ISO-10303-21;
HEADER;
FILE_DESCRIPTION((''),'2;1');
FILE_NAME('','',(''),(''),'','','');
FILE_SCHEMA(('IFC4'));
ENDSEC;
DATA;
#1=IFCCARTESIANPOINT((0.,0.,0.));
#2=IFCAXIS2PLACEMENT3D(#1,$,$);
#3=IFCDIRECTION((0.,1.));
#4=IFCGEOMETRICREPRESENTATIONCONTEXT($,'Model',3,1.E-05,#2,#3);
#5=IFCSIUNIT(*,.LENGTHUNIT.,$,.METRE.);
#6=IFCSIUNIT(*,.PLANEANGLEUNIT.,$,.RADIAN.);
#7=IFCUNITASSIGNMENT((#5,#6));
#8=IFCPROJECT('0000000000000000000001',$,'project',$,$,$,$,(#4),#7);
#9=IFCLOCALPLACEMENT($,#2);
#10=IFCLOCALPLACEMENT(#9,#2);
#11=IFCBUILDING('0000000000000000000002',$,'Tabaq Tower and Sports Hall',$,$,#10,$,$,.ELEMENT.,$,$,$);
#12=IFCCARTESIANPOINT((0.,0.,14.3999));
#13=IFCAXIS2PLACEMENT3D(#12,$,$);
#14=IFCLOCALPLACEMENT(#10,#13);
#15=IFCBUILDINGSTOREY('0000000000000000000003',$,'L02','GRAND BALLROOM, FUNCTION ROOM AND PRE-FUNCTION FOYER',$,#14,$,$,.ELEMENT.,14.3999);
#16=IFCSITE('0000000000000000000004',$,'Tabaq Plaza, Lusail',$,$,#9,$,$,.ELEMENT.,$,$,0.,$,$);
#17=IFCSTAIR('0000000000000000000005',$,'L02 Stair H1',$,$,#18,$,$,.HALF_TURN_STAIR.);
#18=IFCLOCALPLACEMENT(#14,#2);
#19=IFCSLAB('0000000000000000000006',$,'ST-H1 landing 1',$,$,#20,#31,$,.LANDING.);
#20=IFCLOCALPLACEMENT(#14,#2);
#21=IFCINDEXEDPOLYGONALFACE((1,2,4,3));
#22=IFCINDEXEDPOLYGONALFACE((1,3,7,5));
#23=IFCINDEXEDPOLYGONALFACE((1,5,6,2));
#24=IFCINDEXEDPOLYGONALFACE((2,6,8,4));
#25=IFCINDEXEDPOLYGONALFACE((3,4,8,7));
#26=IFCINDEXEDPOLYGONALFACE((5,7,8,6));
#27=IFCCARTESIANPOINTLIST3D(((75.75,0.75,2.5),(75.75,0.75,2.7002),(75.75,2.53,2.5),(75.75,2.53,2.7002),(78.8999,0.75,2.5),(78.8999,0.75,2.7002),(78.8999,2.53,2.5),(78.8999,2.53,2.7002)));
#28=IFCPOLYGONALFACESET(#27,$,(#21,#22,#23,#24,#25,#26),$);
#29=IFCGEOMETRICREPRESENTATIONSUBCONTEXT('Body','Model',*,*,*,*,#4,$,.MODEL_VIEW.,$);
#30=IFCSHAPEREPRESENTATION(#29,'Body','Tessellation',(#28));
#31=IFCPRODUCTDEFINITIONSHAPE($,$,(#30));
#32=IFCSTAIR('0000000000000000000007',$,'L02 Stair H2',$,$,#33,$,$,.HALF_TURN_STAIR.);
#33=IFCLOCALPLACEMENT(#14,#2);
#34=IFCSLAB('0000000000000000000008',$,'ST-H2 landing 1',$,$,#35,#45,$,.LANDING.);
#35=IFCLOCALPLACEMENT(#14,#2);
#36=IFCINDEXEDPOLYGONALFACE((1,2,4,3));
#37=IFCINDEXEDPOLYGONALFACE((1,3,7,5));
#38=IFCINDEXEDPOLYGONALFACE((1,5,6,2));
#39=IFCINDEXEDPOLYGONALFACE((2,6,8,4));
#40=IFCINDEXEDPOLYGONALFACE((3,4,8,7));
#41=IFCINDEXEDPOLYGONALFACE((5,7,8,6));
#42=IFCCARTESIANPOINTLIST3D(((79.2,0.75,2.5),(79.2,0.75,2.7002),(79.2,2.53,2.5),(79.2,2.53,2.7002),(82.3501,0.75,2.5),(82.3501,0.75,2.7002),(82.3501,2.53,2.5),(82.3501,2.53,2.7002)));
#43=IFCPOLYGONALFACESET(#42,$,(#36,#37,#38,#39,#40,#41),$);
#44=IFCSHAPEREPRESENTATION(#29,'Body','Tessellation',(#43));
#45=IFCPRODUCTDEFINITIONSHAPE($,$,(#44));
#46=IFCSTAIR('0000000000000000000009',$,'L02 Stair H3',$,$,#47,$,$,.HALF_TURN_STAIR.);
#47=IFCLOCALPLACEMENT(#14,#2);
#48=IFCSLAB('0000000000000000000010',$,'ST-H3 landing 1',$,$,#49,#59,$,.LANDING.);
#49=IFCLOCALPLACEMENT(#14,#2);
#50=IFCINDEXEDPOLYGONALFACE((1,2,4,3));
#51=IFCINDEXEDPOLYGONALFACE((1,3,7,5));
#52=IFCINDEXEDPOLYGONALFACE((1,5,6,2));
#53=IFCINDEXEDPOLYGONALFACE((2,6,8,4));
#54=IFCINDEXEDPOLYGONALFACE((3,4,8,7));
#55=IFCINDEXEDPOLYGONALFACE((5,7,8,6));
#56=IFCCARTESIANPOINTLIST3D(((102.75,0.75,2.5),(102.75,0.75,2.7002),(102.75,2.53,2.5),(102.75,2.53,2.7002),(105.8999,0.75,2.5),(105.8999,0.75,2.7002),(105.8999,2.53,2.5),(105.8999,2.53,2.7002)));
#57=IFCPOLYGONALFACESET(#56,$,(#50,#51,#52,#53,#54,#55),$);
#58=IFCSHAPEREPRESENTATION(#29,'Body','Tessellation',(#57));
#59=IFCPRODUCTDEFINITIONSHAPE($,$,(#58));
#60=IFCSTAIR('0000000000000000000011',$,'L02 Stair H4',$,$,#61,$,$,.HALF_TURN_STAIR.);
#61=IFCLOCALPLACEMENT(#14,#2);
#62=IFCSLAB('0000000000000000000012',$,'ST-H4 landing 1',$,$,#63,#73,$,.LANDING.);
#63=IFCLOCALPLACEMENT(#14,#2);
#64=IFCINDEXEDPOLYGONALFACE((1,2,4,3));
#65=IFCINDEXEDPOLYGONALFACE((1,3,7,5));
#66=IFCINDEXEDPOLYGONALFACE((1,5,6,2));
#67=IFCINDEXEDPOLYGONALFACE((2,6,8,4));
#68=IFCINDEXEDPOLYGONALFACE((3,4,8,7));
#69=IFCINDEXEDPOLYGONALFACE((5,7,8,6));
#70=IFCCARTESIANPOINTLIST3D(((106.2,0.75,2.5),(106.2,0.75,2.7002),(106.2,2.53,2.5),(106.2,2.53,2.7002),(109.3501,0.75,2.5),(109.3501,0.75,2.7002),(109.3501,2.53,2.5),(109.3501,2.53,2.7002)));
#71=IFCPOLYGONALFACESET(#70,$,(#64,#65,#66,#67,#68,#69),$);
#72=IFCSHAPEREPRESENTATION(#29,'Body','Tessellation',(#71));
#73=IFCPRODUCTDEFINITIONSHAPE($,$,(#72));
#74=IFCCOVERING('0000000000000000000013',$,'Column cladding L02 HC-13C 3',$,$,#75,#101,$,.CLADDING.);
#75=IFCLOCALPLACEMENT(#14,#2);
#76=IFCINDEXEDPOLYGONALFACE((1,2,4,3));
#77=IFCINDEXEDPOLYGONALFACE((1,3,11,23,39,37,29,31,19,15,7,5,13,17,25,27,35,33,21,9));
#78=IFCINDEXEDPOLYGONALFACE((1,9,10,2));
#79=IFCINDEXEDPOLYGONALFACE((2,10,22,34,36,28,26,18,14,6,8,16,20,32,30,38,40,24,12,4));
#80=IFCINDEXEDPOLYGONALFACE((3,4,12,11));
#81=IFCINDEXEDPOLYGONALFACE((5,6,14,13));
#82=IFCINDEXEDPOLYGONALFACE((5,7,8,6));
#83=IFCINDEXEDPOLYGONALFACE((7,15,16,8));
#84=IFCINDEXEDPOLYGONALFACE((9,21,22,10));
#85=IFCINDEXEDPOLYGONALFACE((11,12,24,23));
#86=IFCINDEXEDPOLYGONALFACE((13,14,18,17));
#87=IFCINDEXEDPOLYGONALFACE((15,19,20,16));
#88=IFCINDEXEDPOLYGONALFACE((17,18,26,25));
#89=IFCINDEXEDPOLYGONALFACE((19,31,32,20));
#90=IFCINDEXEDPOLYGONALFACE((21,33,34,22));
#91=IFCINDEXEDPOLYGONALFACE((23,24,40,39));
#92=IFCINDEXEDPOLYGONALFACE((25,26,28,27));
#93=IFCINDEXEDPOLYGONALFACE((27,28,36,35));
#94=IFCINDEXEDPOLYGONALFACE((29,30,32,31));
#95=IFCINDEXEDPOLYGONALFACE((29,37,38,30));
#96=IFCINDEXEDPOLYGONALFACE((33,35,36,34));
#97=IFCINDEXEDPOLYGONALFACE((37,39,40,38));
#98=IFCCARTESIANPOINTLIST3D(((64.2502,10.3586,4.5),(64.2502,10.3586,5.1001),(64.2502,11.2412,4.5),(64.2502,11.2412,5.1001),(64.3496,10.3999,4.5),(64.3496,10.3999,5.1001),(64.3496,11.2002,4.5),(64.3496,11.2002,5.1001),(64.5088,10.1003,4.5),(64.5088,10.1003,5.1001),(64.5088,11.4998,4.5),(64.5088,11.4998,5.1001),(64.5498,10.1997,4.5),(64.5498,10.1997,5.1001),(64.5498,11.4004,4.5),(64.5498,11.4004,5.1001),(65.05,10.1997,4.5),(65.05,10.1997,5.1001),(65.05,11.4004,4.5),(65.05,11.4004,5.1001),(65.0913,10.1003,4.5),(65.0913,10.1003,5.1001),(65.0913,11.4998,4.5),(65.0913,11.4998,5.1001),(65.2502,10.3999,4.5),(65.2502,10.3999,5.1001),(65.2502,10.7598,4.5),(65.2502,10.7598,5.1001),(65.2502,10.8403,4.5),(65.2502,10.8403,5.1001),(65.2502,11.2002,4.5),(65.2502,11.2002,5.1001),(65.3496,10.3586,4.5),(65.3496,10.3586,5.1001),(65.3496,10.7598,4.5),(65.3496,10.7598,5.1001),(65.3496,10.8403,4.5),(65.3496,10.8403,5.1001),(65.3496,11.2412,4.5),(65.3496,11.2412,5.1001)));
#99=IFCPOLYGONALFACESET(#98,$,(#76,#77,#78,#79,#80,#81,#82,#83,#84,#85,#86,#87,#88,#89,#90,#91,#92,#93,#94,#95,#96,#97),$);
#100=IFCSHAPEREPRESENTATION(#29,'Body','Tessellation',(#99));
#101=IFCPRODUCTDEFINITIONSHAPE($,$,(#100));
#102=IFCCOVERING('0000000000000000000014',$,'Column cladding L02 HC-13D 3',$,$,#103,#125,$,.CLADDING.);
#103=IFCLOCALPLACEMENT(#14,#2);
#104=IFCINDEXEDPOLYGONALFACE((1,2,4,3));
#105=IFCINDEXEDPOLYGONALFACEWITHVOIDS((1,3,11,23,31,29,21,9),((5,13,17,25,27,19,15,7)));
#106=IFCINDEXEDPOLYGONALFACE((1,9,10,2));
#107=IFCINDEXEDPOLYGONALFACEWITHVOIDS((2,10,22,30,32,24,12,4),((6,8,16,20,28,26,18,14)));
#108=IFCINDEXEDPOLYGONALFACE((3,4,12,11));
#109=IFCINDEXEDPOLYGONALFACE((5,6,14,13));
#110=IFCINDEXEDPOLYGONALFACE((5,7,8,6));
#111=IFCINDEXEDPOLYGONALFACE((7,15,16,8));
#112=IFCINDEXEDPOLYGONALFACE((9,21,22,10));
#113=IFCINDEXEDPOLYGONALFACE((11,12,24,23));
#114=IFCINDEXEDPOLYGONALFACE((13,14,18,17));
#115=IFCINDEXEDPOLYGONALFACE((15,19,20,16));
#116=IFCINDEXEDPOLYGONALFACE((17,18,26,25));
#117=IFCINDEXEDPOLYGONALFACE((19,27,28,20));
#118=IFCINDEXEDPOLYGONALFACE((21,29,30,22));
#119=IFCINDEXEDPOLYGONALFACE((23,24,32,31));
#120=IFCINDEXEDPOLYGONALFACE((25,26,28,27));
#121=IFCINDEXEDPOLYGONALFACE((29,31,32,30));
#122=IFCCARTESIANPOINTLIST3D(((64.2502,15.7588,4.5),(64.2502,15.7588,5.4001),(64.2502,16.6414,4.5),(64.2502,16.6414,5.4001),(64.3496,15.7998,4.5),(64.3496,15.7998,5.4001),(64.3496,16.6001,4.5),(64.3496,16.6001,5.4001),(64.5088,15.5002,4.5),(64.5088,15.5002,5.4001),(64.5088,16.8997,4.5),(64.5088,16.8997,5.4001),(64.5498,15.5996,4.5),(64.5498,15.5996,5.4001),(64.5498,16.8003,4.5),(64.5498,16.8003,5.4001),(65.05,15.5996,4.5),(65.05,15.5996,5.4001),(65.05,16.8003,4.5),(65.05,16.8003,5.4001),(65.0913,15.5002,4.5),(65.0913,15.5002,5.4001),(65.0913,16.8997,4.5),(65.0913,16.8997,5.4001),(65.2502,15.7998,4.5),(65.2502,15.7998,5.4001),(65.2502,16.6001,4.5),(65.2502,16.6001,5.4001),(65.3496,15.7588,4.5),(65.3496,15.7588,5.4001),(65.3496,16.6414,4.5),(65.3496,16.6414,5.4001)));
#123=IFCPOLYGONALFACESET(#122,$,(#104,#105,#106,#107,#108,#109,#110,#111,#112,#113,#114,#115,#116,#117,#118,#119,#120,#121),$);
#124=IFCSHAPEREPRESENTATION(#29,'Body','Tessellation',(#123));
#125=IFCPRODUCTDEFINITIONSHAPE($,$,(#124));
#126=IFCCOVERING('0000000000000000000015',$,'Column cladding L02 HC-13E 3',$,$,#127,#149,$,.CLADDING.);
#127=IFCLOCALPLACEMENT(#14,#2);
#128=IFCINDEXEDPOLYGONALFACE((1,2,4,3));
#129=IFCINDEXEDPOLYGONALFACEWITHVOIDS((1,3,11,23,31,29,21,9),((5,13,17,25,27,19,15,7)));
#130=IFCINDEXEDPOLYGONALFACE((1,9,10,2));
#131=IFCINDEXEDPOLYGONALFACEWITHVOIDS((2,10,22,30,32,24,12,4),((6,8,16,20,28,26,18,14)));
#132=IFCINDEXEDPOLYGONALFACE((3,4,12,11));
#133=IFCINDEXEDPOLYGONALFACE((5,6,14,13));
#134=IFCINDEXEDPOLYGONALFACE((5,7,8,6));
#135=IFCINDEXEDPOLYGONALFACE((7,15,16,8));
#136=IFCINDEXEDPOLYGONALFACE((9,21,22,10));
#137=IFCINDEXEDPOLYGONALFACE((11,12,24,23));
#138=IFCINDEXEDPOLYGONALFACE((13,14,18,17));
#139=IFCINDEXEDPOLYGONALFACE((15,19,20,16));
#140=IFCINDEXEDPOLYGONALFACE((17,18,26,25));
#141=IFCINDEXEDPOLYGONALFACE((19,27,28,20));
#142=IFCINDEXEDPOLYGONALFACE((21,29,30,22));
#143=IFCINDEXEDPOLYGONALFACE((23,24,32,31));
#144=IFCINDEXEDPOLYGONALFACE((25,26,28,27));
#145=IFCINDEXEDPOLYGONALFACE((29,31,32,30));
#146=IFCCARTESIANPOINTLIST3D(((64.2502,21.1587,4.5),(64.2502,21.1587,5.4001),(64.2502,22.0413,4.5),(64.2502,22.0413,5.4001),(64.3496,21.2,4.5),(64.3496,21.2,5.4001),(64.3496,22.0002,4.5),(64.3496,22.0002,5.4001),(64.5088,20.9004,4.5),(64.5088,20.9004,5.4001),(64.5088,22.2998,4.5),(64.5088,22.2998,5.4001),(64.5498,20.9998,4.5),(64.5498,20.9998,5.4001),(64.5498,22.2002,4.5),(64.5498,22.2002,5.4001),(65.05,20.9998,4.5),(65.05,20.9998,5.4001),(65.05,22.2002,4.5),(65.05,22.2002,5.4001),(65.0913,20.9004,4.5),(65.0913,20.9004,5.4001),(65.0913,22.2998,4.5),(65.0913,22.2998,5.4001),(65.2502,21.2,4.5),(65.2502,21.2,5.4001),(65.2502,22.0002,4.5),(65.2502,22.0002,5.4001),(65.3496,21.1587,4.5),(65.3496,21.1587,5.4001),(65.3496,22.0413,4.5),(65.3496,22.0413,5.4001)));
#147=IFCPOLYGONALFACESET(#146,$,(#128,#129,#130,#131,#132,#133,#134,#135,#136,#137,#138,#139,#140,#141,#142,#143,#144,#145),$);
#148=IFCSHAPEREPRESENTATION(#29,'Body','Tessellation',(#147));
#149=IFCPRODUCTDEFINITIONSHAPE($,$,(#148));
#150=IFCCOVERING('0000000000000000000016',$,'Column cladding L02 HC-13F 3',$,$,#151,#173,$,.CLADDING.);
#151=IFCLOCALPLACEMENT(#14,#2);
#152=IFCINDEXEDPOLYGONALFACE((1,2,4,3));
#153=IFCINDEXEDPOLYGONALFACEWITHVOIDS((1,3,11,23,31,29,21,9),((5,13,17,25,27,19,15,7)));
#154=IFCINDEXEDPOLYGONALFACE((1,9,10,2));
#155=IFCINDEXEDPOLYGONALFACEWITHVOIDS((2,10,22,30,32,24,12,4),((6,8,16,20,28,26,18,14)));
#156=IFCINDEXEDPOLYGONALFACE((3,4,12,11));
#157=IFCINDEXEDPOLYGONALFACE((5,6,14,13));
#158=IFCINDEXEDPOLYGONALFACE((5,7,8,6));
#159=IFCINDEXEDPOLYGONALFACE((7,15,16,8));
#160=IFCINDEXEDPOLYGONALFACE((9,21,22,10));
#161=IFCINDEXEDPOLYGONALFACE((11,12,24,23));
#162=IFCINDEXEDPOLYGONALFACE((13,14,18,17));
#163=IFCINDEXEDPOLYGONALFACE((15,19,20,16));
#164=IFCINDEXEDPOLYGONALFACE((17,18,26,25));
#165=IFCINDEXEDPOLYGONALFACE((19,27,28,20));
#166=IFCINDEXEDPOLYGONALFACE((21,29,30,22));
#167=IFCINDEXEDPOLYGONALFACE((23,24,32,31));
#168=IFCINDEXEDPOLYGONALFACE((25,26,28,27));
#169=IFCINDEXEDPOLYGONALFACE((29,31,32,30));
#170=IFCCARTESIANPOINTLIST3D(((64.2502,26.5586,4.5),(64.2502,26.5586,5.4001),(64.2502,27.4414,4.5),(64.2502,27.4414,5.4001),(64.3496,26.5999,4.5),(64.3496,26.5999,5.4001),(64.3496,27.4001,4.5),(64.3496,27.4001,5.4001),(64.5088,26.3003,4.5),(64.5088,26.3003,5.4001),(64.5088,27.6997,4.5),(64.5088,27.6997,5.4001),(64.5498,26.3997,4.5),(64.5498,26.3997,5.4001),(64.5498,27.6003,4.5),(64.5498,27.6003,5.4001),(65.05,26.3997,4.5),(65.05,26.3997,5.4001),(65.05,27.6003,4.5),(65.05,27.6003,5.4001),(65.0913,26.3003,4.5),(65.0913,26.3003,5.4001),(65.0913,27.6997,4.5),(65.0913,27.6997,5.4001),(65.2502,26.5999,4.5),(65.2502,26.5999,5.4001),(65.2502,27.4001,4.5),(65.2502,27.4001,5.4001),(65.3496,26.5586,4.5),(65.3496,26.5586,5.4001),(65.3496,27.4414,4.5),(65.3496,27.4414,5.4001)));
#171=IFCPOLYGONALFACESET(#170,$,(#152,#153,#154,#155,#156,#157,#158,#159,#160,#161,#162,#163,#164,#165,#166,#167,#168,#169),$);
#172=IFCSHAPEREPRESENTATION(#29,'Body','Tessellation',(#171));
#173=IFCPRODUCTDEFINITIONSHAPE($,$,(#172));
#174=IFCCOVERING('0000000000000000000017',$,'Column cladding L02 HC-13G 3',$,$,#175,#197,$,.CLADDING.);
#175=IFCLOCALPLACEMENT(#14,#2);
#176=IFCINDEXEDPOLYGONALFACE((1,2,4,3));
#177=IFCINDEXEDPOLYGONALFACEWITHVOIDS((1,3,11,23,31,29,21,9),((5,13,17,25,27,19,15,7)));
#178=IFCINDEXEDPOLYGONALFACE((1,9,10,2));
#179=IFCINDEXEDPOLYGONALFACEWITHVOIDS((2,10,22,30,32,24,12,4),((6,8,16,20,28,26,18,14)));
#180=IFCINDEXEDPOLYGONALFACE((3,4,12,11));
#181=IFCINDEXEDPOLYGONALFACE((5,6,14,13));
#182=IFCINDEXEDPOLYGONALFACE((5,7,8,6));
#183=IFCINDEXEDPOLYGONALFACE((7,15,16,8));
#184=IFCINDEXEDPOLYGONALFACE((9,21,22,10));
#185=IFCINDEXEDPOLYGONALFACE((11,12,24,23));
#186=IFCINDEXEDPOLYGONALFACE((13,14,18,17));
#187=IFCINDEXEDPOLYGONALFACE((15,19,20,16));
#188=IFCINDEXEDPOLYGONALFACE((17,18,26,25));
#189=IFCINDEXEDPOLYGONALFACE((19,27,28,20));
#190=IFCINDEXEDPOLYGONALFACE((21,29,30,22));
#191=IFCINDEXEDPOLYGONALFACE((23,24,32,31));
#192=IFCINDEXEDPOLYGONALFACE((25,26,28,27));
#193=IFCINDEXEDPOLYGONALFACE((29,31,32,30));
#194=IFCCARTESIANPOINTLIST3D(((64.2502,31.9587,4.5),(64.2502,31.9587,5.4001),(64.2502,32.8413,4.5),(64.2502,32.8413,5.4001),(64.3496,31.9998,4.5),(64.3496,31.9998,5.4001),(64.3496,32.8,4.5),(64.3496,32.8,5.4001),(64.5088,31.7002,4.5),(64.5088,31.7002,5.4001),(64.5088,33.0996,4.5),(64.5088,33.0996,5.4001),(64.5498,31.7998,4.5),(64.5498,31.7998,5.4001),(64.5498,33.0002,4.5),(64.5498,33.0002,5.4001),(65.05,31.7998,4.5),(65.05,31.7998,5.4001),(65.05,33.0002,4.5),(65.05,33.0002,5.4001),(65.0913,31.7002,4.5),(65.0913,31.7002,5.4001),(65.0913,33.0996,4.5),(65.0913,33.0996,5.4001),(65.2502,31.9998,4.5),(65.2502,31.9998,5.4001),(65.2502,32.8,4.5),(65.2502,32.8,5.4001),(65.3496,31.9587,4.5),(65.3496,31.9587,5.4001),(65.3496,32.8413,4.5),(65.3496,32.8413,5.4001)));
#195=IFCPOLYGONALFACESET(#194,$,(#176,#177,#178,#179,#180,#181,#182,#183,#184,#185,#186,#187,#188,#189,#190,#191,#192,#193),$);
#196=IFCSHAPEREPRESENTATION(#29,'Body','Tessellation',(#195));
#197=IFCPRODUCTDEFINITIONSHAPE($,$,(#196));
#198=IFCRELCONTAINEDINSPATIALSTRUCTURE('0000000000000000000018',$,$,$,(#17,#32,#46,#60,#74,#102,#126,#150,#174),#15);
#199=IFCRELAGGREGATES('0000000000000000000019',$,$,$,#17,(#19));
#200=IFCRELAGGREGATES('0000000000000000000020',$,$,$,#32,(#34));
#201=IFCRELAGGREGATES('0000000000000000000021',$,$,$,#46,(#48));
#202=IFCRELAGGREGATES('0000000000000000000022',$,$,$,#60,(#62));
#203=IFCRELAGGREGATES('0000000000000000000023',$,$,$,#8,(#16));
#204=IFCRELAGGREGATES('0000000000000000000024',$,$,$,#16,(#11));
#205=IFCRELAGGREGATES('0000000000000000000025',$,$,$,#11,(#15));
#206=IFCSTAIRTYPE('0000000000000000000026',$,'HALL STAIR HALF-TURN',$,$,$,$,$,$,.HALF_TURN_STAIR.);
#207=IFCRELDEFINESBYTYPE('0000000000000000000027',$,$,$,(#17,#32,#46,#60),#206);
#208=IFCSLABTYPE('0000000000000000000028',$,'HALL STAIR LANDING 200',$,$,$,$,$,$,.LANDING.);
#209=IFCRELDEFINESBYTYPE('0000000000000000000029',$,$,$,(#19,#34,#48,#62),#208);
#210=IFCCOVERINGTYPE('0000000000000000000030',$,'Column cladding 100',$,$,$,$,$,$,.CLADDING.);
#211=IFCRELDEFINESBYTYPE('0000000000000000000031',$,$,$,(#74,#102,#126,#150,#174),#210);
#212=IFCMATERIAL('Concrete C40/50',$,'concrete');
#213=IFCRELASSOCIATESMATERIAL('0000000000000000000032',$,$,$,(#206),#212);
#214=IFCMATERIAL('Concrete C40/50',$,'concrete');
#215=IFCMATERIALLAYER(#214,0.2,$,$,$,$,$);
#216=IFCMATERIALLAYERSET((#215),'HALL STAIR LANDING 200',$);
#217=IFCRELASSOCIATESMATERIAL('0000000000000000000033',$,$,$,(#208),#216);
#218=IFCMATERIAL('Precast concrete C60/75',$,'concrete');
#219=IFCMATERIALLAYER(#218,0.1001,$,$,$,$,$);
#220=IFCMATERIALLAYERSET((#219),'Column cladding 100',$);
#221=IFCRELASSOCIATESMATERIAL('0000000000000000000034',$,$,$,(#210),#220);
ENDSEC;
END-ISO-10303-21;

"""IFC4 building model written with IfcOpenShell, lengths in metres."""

from ifc_helpers import new_model, si_unit, direction, frame, origin, place, context, subcontext, project, spatial, polyline, outline, extrude, material, layer, layer_set, type_object, element, aggregate, save


model = new_model("IFC4")

# Units and contexts
model_context = context("Model", 3, precision=1e-05, world=origin(), true_north=direction((0.0, 1.0)))
body_context = subcontext(model_context, "Body", "Model", "MODEL_VIEW")
ifc_project = project(units=[si_unit("LENGTHUNIT", "METRE"), si_unit("PLANEANGLEUNIT", "RADIAN")], contexts=[model_context])

# Site, building, storey
site_placement = place(None, origin())
site = spatial("IfcSite", under=ifc_project, at=site_placement, Name="Tabaq Plaza, Lusail", CompositionType="ELEMENT", RefElevation=0.0)
building_placement = place(site_placement, origin())
building = spatial("IfcBuilding", under=site, at=building_placement, Name="Tabaq Tower and Sports Hall", CompositionType="ELEMENT")
storey_placement = place(building_placement, frame((0.0, 0.0, 14.3999)))
storey = spatial("IfcBuildingStorey", under=building, at=storey_placement, Name="L02", Description="GRAND BALLROOM, FUNCTION ROOM AND PRE-FUNCTION FOYER", CompositionType="ELEMENT", Elevation=14.3999)

# Stairs, slabs
ifc_material_1 = material(Name="Concrete C40/50", Category="concrete")
stair_type = type_object("IfcStairType", Name="HALL STAIR HALF-TURN", PredefinedType="HALF_TURN_STAIR", material=ifc_material_1)
stair_1_placement = place(storey_placement, origin())
stair_1 = element("IfcStair", 1, at=stair_1_placement, inside=storey, type_object=stair_type, Name="L02 Stair H1", PredefinedType="HALF_TURN_STAIR")
ifc_material_2 = material(Name="Concrete C40/50", Category="concrete")
ifc_layer_1 = layer(ifc_material_2, 0.2)
ifc_layer_set_1 = layer_set([ifc_layer_1], Name="HALL STAIR LANDING 200")
slab_type = type_object("IfcSlabType", Name="HALL STAIR LANDING 200", PredefinedType="LANDING", material=ifc_layer_set_1)
slab_1_placement = place(storey_placement, frame((0.0, 0.0, 2.5)))
slab_1 = element("IfcSlab", 2, at=slab_1_placement, type_object=slab_type, Name="ST-H1 landing 1", PredefinedType="LANDING", context=body_context, shape_type="SweptSolid", body=[
    extrude(outline(polyline([(75.75, 2.53), (75.75, 0.75), (78.8999, 0.75), (78.8999, 2.53), (75.75, 2.53)])), origin(), (0.0, 0.0, 1.0), 0.2002),
])
aggregate(stair_1, [slab_1])
stair_2_placement = place(storey_placement, origin())
stair_2 = element("IfcStair", 3, at=stair_2_placement, inside=storey, type_object=stair_type, Name="L02 Stair H2", PredefinedType="HALF_TURN_STAIR")
slab_2_placement = place(storey_placement, frame((0.0, 0.0, 2.5)))
slab_2 = element("IfcSlab", 4, at=slab_2_placement, type_object=slab_type, Name="ST-H2 landing 1", PredefinedType="LANDING", context=body_context, shape_type="SweptSolid", body=[
    extrude(outline(polyline([(79.2, 2.53), (79.2, 0.75), (82.3501, 0.75), (82.3501, 2.53), (79.2, 2.53)])), origin(), (0.0, 0.0, 1.0), 0.2002),
])
aggregate(stair_2, [slab_2])
stair_3_placement = place(storey_placement, origin())
stair_3 = element("IfcStair", 5, at=stair_3_placement, inside=storey, type_object=stair_type, Name="L02 Stair H3", PredefinedType="HALF_TURN_STAIR")
slab_3_placement = place(storey_placement, frame((0.0, 0.0, 2.5)))
slab_3 = element("IfcSlab", 6, at=slab_3_placement, type_object=slab_type, Name="ST-H3 landing 1", PredefinedType="LANDING", context=body_context, shape_type="SweptSolid", body=[
    extrude(outline(polyline([(102.75, 2.53), (102.75, 0.75), (105.8999, 0.75), (105.8999, 2.53), (102.75, 2.53)])), origin(), (0.0, 0.0, 1.0), 0.2002),
])
aggregate(stair_3, [slab_3])
stair_4_placement = place(storey_placement, origin())
stair_4 = element("IfcStair", 7, at=stair_4_placement, inside=storey, type_object=stair_type, Name="L02 Stair H4", PredefinedType="HALF_TURN_STAIR")
slab_4_placement = place(storey_placement, frame((0.0, 0.0, 2.5)))
slab_4 = element("IfcSlab", 8, at=slab_4_placement, type_object=slab_type, Name="ST-H4 landing 1", PredefinedType="LANDING", context=body_context, shape_type="SweptSolid", body=[
    extrude(outline(polyline([(106.2, 2.53), (106.2, 0.75), (109.3501, 0.75), (109.3501, 2.53), (106.2, 2.53)])), origin(), (0.0, 0.0, 1.0), 0.2002),
])
aggregate(stair_4, [slab_4])

# Coverings
ifc_material_3 = material(Name="Precast concrete C60/75", Category="concrete")
ifc_layer_2 = layer(ifc_material_3, 0.1001)
ifc_layer_set_2 = layer_set([ifc_layer_2], Name="Column cladding 100")
covering_type = type_object("IfcCoveringType", Name="Column cladding 100", PredefinedType="CLADDING", material=ifc_layer_set_2)
covering_1_placement = place(storey_placement, frame((0.0, 0.0, 4.5)))
element("IfcCovering", 9, at=covering_1_placement, inside=storey, type_object=covering_type, Name="Column cladding L02 HC-13C 3", PredefinedType="CLADDING", context=body_context, shape_type="SweptSolid", body=[
    extrude(outline(polyline([(64.5088, 10.1003), (64.2502, 10.3586), (64.2502, 11.2412), (64.5088, 11.4998), (65.0913, 11.4998), (65.3496, 11.2412), (65.3496, 10.8403), (65.2502, 10.8403), (65.2502, 11.2002), (65.05, 11.4004), (64.5498, 11.4004), (64.3496, 11.2002), (64.3496, 10.3999), (64.5498, 10.1997), (65.05, 10.1997), (65.2502, 10.3999), (65.2502, 10.7598), (65.3496, 10.7598), (65.3496, 10.3586), (65.0913, 10.1003), (64.5088, 10.1003)])), origin(), (0.0, 0.0, 1.0), 0.6001),
])
covering_2_placement = place(storey_placement, frame((0.0, 0.0, 4.5)))
element("IfcCovering", 10, at=covering_2_placement, inside=storey, type_object=covering_type, Name="Column cladding L02 HC-13D 3", PredefinedType="CLADDING", context=body_context, shape_type="SweptSolid", body=[
    extrude(outline(polyline([(65.0913, 15.5002), (64.5088, 15.5002), (64.2502, 15.7588), (64.2502, 16.6414), (64.5088, 16.8997), (65.0913, 16.8997), (65.3496, 16.6414), (65.3496, 15.7588), (65.0913, 15.5002)]), holes=[polyline([(65.2502, 16.6001), (65.05, 16.8003), (64.5498, 16.8003), (64.3496, 16.6001), (64.3496, 15.7998), (64.5498, 15.5996), (65.05, 15.5996), (65.2502, 15.7998), (65.2502, 16.6001)])]), origin(), (0.0, 0.0, 1.0), 0.9001),
])
covering_3_placement = place(storey_placement, frame((0.0, 0.0, 4.5)))
element("IfcCovering", 11, at=covering_3_placement, inside=storey, type_object=covering_type, Name="Column cladding L02 HC-13E 3", PredefinedType="CLADDING", context=body_context, shape_type="SweptSolid", body=[
    extrude(outline(polyline([(65.0913, 20.9004), (64.5088, 20.9004), (64.2502, 21.1587), (64.2502, 22.0413), (64.5088, 22.2998), (65.0913, 22.2998), (65.3496, 22.0413), (65.3496, 21.1587), (65.0913, 20.9004)]), holes=[polyline([(65.2502, 22.0002), (65.05, 22.2002), (64.5498, 22.2002), (64.3496, 22.0002), (64.3496, 21.2), (64.5498, 20.9998), (65.05, 20.9998), (65.2502, 21.2), (65.2502, 22.0002)])]), origin(), (0.0, 0.0, 1.0), 0.9001),
])
covering_4_placement = place(storey_placement, frame((0.0, 0.0, 4.5)))
element("IfcCovering", 12, at=covering_4_placement, inside=storey, type_object=covering_type, Name="Column cladding L02 HC-13F 3", PredefinedType="CLADDING", context=body_context, shape_type="SweptSolid", body=[
    extrude(outline(polyline([(65.0913, 26.3003), (64.5088, 26.3003), (64.2502, 26.5586), (64.2502, 27.4414), (64.5088, 27.6997), (65.0913, 27.6997), (65.3496, 27.4414), (65.3496, 26.5586), (65.0913, 26.3003)]), holes=[polyline([(65.2502, 27.4001), (65.05, 27.6003), (64.5498, 27.6003), (64.3496, 27.4001), (64.3496, 26.5999), (64.5498, 26.3997), (65.05, 26.3997), (65.2502, 26.5999), (65.2502, 27.4001)])]), origin(), (0.0, 0.0, 1.0), 0.9001),
])
covering_5_placement = place(storey_placement, frame((0.0, 0.0, 4.5)))
element("IfcCovering", 13, at=covering_5_placement, inside=storey, type_object=covering_type, Name="Column cladding L02 HC-13G 3", PredefinedType="CLADDING", context=body_context, shape_type="SweptSolid", body=[
    extrude(outline(polyline([(65.0913, 31.7002), (64.5088, 31.7002), (64.2502, 31.9587), (64.2502, 32.8413), (64.5088, 33.0996), (65.0913, 33.0996), (65.3496, 32.8413), (65.3496, 31.9587), (65.0913, 31.7002)]), holes=[polyline([(65.2502, 32.8), (65.05, 33.0002), (64.5498, 33.0002), (64.3496, 32.8), (64.3496, 31.9998), (64.5498, 31.7998), (65.05, 31.7998), (65.2502, 31.9998), (65.2502, 32.8)])]), origin(), (0.0, 0.0, 1.0), 0.9001),
])

save(model, "model.ifc")
